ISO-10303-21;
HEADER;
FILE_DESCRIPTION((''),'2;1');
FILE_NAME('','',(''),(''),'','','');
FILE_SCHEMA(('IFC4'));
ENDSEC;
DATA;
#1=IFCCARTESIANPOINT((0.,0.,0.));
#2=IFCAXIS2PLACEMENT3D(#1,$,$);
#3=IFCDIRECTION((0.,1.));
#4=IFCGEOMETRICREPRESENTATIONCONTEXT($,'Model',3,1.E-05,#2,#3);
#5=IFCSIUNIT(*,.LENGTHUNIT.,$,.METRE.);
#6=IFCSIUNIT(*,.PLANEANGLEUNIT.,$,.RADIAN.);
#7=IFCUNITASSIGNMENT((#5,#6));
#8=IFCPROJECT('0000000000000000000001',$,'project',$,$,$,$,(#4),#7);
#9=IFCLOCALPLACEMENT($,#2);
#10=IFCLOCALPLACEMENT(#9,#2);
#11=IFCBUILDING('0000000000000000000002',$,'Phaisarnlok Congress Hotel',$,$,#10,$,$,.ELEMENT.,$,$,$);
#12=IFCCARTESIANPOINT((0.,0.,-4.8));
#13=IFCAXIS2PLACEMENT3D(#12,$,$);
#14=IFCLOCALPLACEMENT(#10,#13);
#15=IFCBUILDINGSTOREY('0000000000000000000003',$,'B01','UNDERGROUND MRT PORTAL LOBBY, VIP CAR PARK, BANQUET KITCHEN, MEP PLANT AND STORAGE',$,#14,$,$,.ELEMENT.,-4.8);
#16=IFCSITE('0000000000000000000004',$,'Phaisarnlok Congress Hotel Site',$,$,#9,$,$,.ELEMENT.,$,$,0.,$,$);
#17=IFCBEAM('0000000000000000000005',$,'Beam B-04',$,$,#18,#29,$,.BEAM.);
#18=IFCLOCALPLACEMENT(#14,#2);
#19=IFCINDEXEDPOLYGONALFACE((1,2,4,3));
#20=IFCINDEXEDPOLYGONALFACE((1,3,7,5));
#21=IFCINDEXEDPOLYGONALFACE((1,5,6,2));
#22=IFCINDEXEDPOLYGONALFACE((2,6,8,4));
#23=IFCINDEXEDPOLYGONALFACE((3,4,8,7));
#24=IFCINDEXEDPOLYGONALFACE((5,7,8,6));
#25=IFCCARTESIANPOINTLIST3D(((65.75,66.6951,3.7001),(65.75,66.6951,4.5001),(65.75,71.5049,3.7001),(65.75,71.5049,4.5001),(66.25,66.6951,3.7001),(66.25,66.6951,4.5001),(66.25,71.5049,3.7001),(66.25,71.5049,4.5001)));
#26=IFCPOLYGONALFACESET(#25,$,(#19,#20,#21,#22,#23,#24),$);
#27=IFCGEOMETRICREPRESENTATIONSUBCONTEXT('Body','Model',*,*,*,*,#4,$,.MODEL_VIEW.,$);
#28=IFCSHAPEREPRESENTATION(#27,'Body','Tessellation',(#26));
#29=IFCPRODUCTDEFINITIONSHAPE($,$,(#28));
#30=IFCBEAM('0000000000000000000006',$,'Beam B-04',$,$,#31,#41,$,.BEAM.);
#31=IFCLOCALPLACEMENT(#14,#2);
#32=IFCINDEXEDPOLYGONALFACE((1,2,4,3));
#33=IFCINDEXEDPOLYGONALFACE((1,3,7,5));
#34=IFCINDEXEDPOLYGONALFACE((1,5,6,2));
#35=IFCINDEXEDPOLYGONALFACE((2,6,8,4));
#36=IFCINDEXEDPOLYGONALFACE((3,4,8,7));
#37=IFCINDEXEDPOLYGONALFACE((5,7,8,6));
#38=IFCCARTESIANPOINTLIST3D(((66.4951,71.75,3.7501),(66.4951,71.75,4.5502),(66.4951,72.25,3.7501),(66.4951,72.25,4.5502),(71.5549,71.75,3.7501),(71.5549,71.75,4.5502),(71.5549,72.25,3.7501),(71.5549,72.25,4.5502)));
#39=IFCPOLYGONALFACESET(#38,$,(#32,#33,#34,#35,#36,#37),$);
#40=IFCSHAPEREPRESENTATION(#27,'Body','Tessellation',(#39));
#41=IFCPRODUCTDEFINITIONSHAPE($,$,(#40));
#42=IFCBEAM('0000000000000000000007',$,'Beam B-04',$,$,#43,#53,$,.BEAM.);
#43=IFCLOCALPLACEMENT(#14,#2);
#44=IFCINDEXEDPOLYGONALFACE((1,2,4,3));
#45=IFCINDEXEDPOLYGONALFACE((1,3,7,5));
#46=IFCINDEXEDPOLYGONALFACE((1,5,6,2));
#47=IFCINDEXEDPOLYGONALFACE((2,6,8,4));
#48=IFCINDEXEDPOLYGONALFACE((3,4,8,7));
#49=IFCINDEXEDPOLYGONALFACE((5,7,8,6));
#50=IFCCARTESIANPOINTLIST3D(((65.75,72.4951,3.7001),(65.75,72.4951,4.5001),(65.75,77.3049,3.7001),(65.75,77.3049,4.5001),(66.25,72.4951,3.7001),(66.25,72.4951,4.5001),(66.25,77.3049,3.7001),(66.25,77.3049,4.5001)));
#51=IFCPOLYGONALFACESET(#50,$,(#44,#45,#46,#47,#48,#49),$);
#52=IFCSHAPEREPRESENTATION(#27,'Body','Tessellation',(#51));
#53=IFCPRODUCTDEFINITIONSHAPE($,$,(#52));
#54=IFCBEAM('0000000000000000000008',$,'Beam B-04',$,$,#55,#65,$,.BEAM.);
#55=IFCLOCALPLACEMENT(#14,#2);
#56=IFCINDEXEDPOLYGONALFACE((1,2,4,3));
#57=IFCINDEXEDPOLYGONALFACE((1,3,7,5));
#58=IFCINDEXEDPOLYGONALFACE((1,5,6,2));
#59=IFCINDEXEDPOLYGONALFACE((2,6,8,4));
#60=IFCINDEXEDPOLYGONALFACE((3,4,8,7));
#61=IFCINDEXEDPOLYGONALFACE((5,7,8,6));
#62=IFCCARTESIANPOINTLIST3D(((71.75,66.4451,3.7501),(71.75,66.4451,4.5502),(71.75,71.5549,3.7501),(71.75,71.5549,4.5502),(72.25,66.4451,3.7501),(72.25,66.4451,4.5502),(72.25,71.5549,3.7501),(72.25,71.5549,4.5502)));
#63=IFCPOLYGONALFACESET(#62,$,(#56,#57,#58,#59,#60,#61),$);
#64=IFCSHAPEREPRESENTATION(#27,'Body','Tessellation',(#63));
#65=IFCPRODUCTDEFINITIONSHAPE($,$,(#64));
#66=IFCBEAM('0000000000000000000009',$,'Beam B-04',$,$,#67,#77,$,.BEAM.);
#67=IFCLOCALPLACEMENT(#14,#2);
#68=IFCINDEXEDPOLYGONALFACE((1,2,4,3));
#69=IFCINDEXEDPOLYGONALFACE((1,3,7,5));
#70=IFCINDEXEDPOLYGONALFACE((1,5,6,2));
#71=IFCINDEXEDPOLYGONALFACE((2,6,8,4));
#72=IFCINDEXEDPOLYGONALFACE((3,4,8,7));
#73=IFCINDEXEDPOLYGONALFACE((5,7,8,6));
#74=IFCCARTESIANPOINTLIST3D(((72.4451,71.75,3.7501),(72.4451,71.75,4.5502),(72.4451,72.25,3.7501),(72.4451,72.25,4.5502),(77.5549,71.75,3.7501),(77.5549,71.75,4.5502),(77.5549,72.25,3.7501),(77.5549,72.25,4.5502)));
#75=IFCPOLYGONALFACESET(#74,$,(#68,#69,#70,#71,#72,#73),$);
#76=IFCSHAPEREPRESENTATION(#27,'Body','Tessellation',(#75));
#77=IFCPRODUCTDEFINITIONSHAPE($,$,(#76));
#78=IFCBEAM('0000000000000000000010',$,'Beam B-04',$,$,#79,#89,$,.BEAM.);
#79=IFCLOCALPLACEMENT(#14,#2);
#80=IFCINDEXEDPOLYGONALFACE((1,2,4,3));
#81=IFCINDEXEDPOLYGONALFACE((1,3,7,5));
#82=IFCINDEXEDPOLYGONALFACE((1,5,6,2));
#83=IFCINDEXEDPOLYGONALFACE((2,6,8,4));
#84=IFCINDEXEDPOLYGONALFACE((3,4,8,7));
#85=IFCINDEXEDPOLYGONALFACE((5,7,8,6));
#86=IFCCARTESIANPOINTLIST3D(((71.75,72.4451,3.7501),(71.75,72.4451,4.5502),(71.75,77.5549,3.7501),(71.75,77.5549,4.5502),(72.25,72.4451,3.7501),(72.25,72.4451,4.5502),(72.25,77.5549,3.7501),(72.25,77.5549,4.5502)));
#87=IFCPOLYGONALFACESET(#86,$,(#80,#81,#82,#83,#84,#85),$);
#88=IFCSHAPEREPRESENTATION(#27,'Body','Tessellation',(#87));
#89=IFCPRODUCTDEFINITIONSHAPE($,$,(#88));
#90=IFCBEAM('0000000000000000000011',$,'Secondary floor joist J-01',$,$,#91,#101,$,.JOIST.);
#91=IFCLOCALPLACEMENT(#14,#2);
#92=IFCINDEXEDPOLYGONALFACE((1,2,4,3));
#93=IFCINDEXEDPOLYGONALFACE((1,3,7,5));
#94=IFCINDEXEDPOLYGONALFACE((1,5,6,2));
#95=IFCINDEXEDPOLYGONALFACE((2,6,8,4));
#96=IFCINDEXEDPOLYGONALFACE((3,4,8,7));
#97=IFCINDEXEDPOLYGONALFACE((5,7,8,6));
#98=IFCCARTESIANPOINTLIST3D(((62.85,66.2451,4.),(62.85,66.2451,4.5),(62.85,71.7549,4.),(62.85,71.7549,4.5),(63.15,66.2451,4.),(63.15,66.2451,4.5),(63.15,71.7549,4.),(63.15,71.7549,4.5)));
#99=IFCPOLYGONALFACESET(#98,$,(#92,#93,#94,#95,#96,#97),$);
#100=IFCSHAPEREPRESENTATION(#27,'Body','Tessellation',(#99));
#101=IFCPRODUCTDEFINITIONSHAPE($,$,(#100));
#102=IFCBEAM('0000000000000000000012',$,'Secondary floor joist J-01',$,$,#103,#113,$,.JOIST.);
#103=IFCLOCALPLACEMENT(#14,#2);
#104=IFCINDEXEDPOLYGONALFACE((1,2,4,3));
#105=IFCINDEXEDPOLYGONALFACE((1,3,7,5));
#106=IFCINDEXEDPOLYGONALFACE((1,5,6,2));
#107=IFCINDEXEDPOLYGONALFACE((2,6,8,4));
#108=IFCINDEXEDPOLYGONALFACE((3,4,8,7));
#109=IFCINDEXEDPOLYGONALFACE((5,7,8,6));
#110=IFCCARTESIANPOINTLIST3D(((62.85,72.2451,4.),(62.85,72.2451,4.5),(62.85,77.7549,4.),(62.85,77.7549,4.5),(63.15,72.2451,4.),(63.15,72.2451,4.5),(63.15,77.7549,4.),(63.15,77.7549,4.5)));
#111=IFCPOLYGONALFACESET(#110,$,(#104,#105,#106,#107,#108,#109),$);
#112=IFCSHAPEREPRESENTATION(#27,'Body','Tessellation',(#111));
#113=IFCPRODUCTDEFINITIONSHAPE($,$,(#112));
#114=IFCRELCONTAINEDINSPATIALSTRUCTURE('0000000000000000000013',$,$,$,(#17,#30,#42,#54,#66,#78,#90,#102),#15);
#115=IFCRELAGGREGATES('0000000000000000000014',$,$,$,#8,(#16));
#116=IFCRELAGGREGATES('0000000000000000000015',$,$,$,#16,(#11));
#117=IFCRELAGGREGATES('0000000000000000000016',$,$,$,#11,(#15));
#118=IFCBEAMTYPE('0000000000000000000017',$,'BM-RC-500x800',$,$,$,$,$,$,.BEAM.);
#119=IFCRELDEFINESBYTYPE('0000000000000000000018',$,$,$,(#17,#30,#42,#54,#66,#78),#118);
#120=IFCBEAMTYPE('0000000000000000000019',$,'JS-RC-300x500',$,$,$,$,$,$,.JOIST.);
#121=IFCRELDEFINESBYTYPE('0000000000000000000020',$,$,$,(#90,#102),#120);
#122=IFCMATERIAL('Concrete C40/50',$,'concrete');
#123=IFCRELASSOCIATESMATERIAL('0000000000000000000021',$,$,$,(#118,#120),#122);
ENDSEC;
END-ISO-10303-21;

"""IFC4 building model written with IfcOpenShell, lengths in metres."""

from ifc_helpers import new_model, si_unit, direction, frame, origin, origin_2d, place, context, subcontext, project, spatial, rectangle, extrude, material, material_profile, profile_set, type_object, element, save


model = new_model("IFC4")

# Units and contexts
model_context = context("Model", 3, precision=1e-05, world=origin(), true_north=direction((0.0, 1.0)))
body_context = subcontext(model_context, "Body", "Model", "MODEL_VIEW")
ifc_project = project(units=[si_unit("LENGTHUNIT", "METRE"), si_unit("PLANEANGLEUNIT", "RADIAN")], contexts=[model_context])

# Site, building, storey
site_placement = place(None, origin())
site = spatial("IfcSite", under=ifc_project, at=site_placement, Name="Phaisarnlok Congress Hotel Site", CompositionType="ELEMENT", RefElevation=0.0)
building_placement = place(site_placement, origin())
building = spatial("IfcBuilding", under=site, at=building_placement, Name="Phaisarnlok Congress Hotel", CompositionType="ELEMENT")
storey_placement = place(building_placement, frame((0.0, 0.0, -4.8)))
storey = spatial("IfcBuildingStorey", under=building, at=storey_placement, Name="B01", Description="UNDERGROUND MRT PORTAL LOBBY, VIP CAR PARK, BANQUET KITCHEN, MEP PLANT AND STORAGE", CompositionType="ELEMENT", Elevation=-4.8)

# Shared definitions
ifc_material_1 = material(Name="Concrete C40/50", Category="concrete")

# Beams
ifc_material_profile_1 = material_profile(ifc_material_1, rectangle(XDim=0.5, YDim=0.8, at=origin_2d()), Name="RC 500x800")
ifc_profile_set_1 = profile_set([ifc_material_profile_1], Name="Concrete C40/50")
beam_type_1 = type_object("IfcBeamType", Name="BM-RC-500x800", PredefinedType="BEAM", material=ifc_profile_set_1)
beam_1_placement = place(storey_placement, frame((66.0, 66.6951, 4.1001), z_axis=(0.0, 1.0, 0.0), x_axis=(-1.0, 0.0, 0.0)))
element("IfcBeam", 1, at=beam_1_placement, inside=storey, type_object=beam_type_1, Name="Beam B-04", PredefinedType="BEAM", context=body_context, shape_type="SweptSolid", body=[
    extrude(rectangle(XDim=0.5, YDim=0.8, at=origin_2d()), origin(), (0.0, 0.0, 1.0), 4.8098),
])
beam_2_placement = place(storey_placement, frame((66.4951, 72.0, 4.1501), z_axis=(1.0, 0.0, 0.0), x_axis=(0.0, 1.0, 0.0)))
element("IfcBeam", 2, at=beam_2_placement, inside=storey, type_object=beam_type_1, Name="Beam B-04", PredefinedType="BEAM", context=body_context, shape_type="SweptSolid", body=[
    extrude(rectangle(XDim=0.5, YDim=0.8, at=origin_2d()), origin(), (0.0, 0.0, 1.0), 5.0598),
])
beam_3_placement = place(storey_placement, frame((66.0, 72.4951, 4.1001), z_axis=(0.0, 1.0, 0.0), x_axis=(-1.0, 0.0, 0.0)))
element("IfcBeam", 3, at=beam_3_placement, inside=storey, type_object=beam_type_1, Name="Beam B-04", PredefinedType="BEAM", context=body_context, shape_type="SweptSolid", body=[
    extrude(rectangle(XDim=0.5, YDim=0.8, at=origin_2d()), origin(), (0.0, 0.0, 1.0), 4.8098),
])
for number, where, z_axis, x_axis, name in (
    (4, (72.0, 66.4451, 4.1501), (0.0, 1.0, 0.0), (-1.0, 0.0, 0.0), "Beam B-04"),
    (5, (72.4451, 72.0, 4.1501), (1.0, 0.0, 0.0), (0.0, 1.0, 0.0), "Beam B-04"),
    (6, (72.0, 72.4451, 4.1501), (0.0, 1.0, 0.0), (-1.0, 0.0, 0.0), "Beam B-04"),
):
    element("IfcBeam", number, at=place(storey_placement, frame(where, z_axis=z_axis, x_axis=x_axis)), inside=storey, type_object=beam_type_1, Name=name, PredefinedType="BEAM", context=body_context, shape_type="SweptSolid", body=[
        extrude(rectangle(XDim=0.5, YDim=0.8, at=origin_2d()), origin(), (0.0, 0.0, 1.0), 5.1099),
    ])
ifc_material_profile_2 = material_profile(ifc_material_1, rectangle(XDim=0.3, YDim=0.5, at=origin_2d()), Name="RC 300x500")
ifc_profile_set_2 = profile_set([ifc_material_profile_2], Name="Concrete C40/50")
beam_type_2 = type_object("IfcBeamType", Name="JS-RC-300x500", PredefinedType="JOIST", material=ifc_profile_set_2)
for number, where, z_axis, x_axis, name in (
    (7, (63.0, 66.2451, 4.25), (0.0, 1.0, 0.0), (-1.0, 0.0, 0.0), "Secondary floor joist J-01"),
    (8, (63.0, 72.2451, 4.25), (0.0, 1.0, 0.0), (-1.0, 0.0, 0.0), "Secondary floor joist J-01"),
):
    element("IfcBeam", number, at=place(storey_placement, frame(where, z_axis=z_axis, x_axis=x_axis)), inside=storey, type_object=beam_type_2, Name=name, PredefinedType="JOIST", context=body_context, shape_type="SweptSolid", body=[
        extrude(rectangle(XDim=0.3, YDim=0.5, at=origin_2d()), origin(), (0.0, 0.0, 1.0), 5.5098),
    ])

save(model, "model.ifc")
